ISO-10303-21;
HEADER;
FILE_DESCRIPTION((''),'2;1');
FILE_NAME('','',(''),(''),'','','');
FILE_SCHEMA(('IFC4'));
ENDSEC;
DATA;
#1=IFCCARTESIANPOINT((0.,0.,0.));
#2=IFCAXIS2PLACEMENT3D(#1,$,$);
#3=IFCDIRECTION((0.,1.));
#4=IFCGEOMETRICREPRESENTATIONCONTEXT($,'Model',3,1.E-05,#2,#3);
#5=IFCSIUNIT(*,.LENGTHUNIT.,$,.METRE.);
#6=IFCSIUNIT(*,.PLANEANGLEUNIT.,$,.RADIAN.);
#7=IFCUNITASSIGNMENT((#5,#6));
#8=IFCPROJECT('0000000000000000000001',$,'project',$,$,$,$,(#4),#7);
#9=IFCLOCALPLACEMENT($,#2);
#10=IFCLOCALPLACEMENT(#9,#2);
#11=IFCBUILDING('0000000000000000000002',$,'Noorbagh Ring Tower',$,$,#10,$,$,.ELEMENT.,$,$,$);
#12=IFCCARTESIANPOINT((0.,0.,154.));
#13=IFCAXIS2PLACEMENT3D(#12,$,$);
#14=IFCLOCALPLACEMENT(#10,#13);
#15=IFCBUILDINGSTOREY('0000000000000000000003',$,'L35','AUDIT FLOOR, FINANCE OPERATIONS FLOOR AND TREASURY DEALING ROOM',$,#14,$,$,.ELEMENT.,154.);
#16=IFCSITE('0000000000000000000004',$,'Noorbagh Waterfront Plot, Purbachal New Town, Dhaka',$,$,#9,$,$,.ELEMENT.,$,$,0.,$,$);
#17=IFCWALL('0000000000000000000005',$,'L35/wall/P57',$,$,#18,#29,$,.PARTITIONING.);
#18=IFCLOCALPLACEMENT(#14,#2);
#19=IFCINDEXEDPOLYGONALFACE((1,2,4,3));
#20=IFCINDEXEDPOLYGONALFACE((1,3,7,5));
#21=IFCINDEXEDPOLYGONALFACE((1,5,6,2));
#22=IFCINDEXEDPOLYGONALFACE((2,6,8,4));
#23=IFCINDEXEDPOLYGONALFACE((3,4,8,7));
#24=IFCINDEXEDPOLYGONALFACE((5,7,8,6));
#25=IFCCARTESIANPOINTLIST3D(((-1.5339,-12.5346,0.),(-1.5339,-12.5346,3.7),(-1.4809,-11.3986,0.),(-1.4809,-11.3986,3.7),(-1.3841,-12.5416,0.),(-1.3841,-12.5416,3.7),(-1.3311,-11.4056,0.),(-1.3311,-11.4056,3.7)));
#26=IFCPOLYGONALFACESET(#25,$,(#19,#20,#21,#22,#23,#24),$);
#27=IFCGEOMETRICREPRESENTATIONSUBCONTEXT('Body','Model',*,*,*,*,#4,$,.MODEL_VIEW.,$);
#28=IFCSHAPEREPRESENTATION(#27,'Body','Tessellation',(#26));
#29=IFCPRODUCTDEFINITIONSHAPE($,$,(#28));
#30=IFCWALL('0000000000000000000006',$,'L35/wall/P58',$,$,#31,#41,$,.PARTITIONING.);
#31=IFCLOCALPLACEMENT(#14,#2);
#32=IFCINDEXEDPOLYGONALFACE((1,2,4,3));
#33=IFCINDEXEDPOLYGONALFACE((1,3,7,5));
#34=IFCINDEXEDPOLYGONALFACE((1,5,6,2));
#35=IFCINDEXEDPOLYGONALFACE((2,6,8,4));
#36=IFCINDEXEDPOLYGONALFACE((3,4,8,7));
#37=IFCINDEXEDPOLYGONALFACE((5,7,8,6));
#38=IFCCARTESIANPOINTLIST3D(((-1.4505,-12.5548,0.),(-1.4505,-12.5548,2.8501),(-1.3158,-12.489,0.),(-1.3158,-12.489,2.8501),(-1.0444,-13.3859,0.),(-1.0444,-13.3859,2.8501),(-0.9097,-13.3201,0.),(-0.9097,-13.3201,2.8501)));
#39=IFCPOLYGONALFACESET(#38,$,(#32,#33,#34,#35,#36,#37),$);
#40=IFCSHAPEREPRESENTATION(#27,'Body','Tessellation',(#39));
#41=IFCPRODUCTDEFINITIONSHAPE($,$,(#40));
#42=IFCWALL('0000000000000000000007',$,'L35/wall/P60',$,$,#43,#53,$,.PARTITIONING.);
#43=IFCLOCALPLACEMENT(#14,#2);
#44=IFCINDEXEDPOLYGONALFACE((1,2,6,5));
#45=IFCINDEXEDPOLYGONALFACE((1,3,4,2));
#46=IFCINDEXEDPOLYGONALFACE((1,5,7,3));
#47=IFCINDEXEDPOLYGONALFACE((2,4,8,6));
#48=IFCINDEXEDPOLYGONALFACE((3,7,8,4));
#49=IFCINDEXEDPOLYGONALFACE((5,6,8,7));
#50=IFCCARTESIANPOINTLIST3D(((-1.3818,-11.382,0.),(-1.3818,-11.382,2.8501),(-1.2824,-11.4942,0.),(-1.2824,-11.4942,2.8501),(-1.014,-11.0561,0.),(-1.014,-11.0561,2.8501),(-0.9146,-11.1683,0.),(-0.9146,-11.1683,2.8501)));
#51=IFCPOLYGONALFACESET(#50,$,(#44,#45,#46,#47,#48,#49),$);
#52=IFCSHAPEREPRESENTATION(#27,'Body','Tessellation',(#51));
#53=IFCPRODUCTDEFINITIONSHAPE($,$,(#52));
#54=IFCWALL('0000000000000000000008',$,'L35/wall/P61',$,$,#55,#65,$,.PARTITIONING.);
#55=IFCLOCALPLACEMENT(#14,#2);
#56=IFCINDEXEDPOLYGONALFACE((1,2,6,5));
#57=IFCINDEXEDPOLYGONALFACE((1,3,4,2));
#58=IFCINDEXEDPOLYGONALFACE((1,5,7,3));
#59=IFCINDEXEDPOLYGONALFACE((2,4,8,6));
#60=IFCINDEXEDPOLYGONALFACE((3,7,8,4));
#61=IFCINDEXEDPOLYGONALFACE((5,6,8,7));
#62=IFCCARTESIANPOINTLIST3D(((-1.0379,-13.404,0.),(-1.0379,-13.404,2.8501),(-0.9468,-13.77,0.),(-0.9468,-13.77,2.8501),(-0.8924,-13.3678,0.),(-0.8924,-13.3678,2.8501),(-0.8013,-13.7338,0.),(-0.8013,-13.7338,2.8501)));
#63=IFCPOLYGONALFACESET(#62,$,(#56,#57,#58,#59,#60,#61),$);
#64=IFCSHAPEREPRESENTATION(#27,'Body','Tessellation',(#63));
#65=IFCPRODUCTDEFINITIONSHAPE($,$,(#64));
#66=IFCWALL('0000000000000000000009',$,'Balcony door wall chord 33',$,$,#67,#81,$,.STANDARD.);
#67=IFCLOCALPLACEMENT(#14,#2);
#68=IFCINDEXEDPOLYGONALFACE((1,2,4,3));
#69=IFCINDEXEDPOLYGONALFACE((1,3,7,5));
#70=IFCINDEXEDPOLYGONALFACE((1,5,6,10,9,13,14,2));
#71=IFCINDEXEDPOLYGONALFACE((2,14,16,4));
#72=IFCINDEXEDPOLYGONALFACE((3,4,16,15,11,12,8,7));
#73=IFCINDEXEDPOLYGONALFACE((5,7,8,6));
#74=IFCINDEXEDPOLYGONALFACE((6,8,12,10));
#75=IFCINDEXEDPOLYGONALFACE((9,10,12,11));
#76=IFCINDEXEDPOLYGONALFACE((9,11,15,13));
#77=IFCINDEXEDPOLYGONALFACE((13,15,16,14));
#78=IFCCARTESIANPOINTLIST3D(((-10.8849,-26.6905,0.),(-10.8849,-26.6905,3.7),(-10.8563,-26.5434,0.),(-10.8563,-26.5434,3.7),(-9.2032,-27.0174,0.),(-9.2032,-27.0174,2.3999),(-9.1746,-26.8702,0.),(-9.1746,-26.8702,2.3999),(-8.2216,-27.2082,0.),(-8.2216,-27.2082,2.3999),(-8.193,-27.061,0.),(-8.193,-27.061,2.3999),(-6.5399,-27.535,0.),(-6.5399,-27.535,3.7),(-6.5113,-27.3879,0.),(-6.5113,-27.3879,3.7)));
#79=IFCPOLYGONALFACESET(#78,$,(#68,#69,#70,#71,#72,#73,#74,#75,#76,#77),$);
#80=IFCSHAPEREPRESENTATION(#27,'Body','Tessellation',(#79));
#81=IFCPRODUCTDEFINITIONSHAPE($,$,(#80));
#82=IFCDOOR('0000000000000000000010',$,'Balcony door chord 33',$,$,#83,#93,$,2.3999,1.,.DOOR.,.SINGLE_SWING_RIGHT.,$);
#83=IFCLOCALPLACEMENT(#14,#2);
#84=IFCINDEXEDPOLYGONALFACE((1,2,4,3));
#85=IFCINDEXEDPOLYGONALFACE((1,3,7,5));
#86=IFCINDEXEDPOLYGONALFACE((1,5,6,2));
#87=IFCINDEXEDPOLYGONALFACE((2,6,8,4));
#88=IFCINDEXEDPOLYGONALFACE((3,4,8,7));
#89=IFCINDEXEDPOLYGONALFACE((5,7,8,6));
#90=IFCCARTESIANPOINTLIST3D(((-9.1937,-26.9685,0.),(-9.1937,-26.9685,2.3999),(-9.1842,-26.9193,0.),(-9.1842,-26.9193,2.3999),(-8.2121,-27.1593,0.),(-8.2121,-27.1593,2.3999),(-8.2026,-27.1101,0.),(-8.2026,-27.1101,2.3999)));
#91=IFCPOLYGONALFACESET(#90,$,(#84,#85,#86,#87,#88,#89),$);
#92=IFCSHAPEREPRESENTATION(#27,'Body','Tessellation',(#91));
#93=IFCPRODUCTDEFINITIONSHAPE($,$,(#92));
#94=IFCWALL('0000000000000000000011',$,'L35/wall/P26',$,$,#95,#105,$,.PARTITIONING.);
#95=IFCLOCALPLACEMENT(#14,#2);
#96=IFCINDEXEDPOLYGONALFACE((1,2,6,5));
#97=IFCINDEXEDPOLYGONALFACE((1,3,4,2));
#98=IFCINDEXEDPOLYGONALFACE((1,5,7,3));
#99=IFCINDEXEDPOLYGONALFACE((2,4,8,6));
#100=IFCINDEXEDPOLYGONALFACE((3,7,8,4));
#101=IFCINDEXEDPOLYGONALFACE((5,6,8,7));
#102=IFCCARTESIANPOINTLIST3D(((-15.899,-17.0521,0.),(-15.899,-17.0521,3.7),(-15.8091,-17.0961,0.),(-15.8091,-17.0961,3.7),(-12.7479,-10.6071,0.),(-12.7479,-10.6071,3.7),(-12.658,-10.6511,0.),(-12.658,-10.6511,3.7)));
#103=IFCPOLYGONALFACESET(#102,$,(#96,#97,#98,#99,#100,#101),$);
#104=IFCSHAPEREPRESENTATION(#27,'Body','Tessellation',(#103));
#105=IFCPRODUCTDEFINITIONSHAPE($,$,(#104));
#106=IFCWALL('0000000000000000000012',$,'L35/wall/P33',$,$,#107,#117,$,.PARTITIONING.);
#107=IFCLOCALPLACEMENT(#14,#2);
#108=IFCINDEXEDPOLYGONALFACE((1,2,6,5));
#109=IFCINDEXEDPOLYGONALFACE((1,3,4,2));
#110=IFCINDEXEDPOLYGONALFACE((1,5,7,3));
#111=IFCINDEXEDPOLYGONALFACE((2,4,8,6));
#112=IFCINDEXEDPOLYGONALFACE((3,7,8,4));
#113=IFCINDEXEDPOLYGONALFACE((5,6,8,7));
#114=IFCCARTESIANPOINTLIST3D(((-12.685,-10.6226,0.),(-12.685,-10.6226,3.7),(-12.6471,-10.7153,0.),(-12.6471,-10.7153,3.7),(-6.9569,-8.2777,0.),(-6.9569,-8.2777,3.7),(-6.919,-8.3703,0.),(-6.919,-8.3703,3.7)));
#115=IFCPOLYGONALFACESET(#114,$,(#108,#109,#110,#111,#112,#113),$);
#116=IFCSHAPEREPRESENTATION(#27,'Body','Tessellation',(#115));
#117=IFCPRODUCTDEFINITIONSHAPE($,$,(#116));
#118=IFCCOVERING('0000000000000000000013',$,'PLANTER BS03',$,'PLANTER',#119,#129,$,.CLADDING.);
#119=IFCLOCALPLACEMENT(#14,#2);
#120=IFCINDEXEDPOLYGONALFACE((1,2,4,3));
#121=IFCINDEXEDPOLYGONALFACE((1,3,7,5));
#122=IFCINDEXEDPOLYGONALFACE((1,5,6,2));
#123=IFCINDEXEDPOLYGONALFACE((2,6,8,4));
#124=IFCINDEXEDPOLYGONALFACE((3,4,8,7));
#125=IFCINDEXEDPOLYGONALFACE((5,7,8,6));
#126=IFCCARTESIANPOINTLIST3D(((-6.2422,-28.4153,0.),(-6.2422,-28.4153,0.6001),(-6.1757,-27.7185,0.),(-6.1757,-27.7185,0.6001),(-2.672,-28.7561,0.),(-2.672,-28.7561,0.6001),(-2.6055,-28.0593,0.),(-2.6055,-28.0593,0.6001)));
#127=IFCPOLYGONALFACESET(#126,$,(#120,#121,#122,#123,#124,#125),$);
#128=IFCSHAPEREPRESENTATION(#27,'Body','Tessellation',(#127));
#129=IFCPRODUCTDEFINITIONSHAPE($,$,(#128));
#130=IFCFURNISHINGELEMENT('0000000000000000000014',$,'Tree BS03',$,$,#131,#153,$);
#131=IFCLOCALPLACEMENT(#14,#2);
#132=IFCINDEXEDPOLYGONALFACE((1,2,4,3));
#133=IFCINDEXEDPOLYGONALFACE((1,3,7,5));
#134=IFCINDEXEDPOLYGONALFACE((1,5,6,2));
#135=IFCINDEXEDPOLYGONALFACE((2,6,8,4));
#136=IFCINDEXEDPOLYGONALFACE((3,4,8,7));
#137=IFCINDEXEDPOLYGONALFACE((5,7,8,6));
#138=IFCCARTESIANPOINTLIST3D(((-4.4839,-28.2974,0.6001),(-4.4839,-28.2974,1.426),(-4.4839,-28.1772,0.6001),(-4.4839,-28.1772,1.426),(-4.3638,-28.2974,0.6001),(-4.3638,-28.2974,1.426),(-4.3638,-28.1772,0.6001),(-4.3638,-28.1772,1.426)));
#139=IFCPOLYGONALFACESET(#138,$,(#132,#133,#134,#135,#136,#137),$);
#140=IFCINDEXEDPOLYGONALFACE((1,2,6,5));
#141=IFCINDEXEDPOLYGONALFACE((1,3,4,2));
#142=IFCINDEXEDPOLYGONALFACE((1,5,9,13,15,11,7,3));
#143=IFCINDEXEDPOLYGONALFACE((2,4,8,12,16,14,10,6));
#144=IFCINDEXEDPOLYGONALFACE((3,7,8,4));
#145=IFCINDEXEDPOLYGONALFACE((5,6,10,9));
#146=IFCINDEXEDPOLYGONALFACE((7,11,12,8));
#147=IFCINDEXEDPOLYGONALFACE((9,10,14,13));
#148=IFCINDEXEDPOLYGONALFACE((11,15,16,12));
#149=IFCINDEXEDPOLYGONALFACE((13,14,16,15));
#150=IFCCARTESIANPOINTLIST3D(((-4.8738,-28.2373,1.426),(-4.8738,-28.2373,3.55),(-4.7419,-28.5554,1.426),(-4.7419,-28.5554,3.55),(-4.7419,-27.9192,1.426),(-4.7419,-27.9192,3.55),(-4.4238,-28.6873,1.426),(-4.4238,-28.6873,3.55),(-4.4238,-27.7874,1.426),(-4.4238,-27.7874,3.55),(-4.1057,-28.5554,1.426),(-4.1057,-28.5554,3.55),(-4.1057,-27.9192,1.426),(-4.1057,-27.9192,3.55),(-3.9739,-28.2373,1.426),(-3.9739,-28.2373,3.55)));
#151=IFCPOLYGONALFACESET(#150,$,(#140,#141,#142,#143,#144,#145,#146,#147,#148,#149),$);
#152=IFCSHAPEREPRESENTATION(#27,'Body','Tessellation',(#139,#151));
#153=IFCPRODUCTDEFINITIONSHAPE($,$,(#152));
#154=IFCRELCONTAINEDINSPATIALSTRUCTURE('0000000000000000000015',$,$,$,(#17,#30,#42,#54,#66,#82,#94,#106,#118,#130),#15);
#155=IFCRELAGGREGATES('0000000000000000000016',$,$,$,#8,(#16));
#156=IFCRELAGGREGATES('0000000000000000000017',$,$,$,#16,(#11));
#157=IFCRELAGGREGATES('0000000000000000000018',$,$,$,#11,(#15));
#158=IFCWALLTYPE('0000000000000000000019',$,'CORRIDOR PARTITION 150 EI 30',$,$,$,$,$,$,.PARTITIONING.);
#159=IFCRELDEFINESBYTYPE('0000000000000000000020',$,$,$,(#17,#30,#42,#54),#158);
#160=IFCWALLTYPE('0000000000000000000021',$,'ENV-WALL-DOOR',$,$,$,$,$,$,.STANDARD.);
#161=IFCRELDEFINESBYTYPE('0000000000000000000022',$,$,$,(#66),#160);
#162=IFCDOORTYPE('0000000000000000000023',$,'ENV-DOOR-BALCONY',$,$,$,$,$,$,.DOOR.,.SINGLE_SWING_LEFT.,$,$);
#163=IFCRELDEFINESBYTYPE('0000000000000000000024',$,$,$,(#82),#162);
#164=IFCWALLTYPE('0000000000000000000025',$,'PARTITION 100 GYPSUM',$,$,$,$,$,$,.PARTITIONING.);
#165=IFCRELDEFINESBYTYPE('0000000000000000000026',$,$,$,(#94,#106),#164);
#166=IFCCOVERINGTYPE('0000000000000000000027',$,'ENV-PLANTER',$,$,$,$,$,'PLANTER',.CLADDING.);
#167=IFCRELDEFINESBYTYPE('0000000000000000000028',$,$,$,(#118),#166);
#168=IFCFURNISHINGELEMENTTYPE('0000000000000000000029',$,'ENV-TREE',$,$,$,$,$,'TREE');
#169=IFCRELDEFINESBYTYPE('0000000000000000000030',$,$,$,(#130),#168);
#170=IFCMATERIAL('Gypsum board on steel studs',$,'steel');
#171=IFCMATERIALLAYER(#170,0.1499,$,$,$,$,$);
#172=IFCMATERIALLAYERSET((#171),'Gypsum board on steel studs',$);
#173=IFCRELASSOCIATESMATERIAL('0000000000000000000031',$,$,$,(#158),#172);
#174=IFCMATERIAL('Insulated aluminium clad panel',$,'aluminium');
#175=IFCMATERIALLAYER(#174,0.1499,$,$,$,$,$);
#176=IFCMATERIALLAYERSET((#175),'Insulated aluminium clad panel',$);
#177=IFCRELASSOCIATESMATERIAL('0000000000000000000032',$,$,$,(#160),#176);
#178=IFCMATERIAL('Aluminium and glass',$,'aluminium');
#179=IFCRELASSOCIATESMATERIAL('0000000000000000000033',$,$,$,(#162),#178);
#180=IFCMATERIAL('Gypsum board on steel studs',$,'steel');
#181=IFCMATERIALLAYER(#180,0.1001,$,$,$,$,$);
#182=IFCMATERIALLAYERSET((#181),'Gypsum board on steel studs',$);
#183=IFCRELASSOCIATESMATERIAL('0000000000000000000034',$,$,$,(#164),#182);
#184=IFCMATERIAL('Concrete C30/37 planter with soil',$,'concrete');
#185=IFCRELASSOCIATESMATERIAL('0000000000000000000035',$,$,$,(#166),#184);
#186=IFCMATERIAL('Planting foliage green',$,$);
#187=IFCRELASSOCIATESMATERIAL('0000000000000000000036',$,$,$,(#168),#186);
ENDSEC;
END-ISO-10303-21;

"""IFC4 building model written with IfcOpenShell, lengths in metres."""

from ifc_helpers import new_model, si_unit, direction, frame, frame_2d, origin, origin_2d, place, context, subcontext, project, spatial, polyline, rectangle, outline, extrude, material, layer, layer_set, type_object, element, fill, save


model = new_model("IFC4")

# Units and contexts
model_context = context("Model", 3, precision=1e-05, world=origin(), true_north=direction((0.0, 1.0)))
body_context = subcontext(model_context, "Body", "Model", "MODEL_VIEW")
ifc_project = project(units=[si_unit("LENGTHUNIT", "METRE"), si_unit("PLANEANGLEUNIT", "RADIAN")], contexts=[model_context])

# Site, building, storey
site_placement = place(None, origin())
site = spatial("IfcSite", under=ifc_project, at=site_placement, Name="Noorbagh Waterfront Plot, Purbachal New Town, Dhaka", CompositionType="ELEMENT", RefElevation=0.0)
building_placement = place(site_placement, origin())
building = spatial("IfcBuilding", under=site, at=building_placement, Name="Noorbagh Ring Tower", CompositionType="ELEMENT")
storey_placement = place(building_placement, frame((0.0, 0.0, 154.0)))
storey = spatial("IfcBuildingStorey", under=building, at=storey_placement, Name="L35", Description="AUDIT FLOOR, FINANCE OPERATIONS FLOOR AND TREASURY DEALING ROOM", CompositionType="ELEMENT", Elevation=154.0)

# Walls
ifc_material_1 = material(Name="Gypsum board on steel studs", Category="steel")
ifc_layer_1 = layer(ifc_material_1, 0.1499)
ifc_layer_set_1 = layer_set([ifc_layer_1], Name="Gypsum board on steel studs")
wall_type_1 = type_object("IfcWallType", Name="CORRIDOR PARTITION 150 EI 30", PredefinedType="PARTITIONING", material=ifc_layer_set_1)
wall_1_placement = place(storey_placement, frame((-1.459, -12.5381, 0.0), z_axis=(0.0, 0.0, 1.0), x_axis=(0.046586, 0.998914, 0.0)))
element("IfcWall", 1, at=wall_1_placement, inside=storey, type_object=wall_type_1, Name="L35/wall/P57", PredefinedType="PARTITIONING", context=body_context, shape_type="SweptSolid", body=[
    extrude(rectangle(XDim=1.1372, YDim=0.1499, at=frame_2d((0.5686, 0.0))), origin(), (0.0, 0.0, 1.0), 3.7),
])
wall_2_placement = place(storey_placement, frame((-1.3831, -12.522, 0.0), z_axis=(0.0, 0.0, 1.0), x_axis=(0.438959, -0.898507, 0.0)))
element("IfcWall", 2, at=wall_2_placement, inside=storey, type_object=wall_type_1, Name="L35/wall/P58", PredefinedType="PARTITIONING", context=body_context, shape_type="SweptSolid", body=[
    extrude(rectangle(XDim=0.925, YDim=0.1499, at=frame_2d((0.4624, 0.0))), origin(), (0.0, 0.0, 1.0), 2.8501),
])
wall_3_placement = place(storey_placement, frame((-1.332, -11.438, 0.0), z_axis=(0.0, 0.0, 1.0), x_axis=(0.748532, 0.663099, 0.0)))
element("IfcWall", 3, at=wall_3_placement, inside=storey, type_object=wall_type_1, Name="L35/wall/P60", PredefinedType="PARTITIONING", context=body_context, shape_type="SweptSolid", body=[
    extrude(rectangle(XDim=0.4915, YDim=0.1499, at=frame_2d((0.2456, 0.0))), origin(), (0.0, 0.0, 1.0), 2.8501),
])
wall_4_placement = place(storey_placement, frame((-0.9651, -13.386, 0.0), z_axis=(0.0, 0.0, 1.0), x_axis=(0.241469, -0.970408, 0.0)))
element("IfcWall", 4, at=wall_4_placement, inside=storey, type_object=wall_type_1, Name="L35/wall/P61", PredefinedType="PARTITIONING", context=body_context, shape_type="SweptSolid", body=[
    extrude(rectangle(XDim=0.3772, YDim=0.1499, at=frame_2d((0.1885, 0.0))), origin(), (0.0, 0.0, 1.0), 2.8501),
])

# Wall, opening, door
ifc_material_2 = material(Name="Insulated aluminium clad panel", Category="aluminium")
ifc_layer_2 = layer(ifc_material_2, 0.1499)
ifc_layer_set_2 = layer_set([ifc_layer_2], Name="Insulated aluminium clad panel")
wall_type_2 = type_object("IfcWallType", Name="ENV-WALL-DOOR", PredefinedType="STANDARD", material=ifc_layer_set_2)
wall_5_placement = place(storey_placement, frame((-10.8706, -26.6169, 0.0), z_axis=(0.0, 0.0, 1.0), x_axis=(0.981631, -0.190788, 0.0)))
wall_5 = element("IfcWall", 5, at=wall_5_placement, inside=storey, type_object=wall_type_2, Name="Balcony door wall chord 33", PredefinedType="STANDARD", context=body_context, shape_type="SweptSolid", body=[
    extrude(rectangle(XDim=4.4263, YDim=0.1499, at=frame_2d((2.2131, 0.0))), origin(), (0.0, 0.0, 1.0), 3.7),
])
opening_placement = place(wall_5_placement, frame((1.7131, 0.0, 0.0)))
opening = element("IfcOpeningElement", 6, at=opening_placement, cuts=wall_5, PredefinedType="OPENING", context=body_context, shape_type="SweptSolid", body=[
    extrude(rectangle(XDim=1.0, YDim=2.3999, at=frame_2d((0.5, 1.2))), frame((0.0, 0.085, 0.0), z_axis=(0.0, -1.0, 0.0), x_axis=(1.0, 0.0, 0.0)), (0.0, 0.0, 1.0), 0.1699),
])
ifc_material_3 = material(Name="Aluminium and glass", Category="aluminium")
door_type = type_object("IfcDoorType", Name="ENV-DOOR-BALCONY", OperationType="SINGLE_SWING_LEFT", PredefinedType="DOOR", material=ifc_material_3)
door_placement = place(opening_placement, origin())
door = element("IfcDoor", 7, at=door_placement, inside=storey, type_object=door_type, Name="Balcony door chord 33", OperationType="SINGLE_SWING_RIGHT", OverallHeight=2.3999, OverallWidth=1.0, PredefinedType="DOOR", context=body_context, shape_type="SweptSolid", body=[
    extrude(rectangle(XDim=1.0, YDim=2.3999, at=frame_2d((0.5, 1.2))), frame((0.0, 0.0249, 0.0), z_axis=(0.0, -1.0, 0.0), x_axis=(1.0, 0.0, 0.0)), (0.0, 0.0, 1.0), 0.05),
])
fill(opening, door)

# Walls
ifc_material_4 = material(Name="Gypsum board on steel studs", Category="steel")
ifc_layer_3 = layer(ifc_material_4, 0.1001)
ifc_layer_set_3 = layer_set([ifc_layer_3], Name="Gypsum board on steel studs")
wall_type_3 = type_object("IfcWallType", Name="PARTITION 100 GYPSUM", PredefinedType="PARTITIONING", material=ifc_layer_set_3)
wall_6_placement = place(storey_placement, frame((-15.854, -17.074, 0.0), z_axis=(0.0, 0.0, 1.0), x_axis=(0.439233, 0.898373, 0.0)))
element("IfcWall", 8, at=wall_6_placement, inside=storey, type_object=wall_type_3, Name="L35/wall/P26", PredefinedType="PARTITIONING", context=body_context, shape_type="SweptSolid", body=[
    extrude(rectangle(XDim=7.1741, YDim=0.1001, at=frame_2d((3.5869, 0.0))), origin(), (0.0, 0.0, 1.0), 3.7),
])
wall_7_placement = place(storey_placement, frame((-12.666, -10.6689, 0.0), z_axis=(0.0, 0.0, 1.0), x_axis=(0.925451, 0.378866, 0.0)))
element("IfcWall", 9, at=wall_7_placement, inside=storey, type_object=wall_type_3, Name="L35/wall/P33", PredefinedType="PARTITIONING", context=body_context, shape_type="SweptSolid", body=[
    extrude(rectangle(XDim=6.1895, YDim=0.1001, at=frame_2d((3.0947, 0.0))), origin(), (0.0, 0.0, 1.0), 3.7),
])

# Covering
ifc_material_5 = material(Name="Concrete C30/37 planter with soil", Category="concrete")
covering_type = type_object("IfcCoveringType", Name="ENV-PLANTER", ElementType="PLANTER", PredefinedType="CLADDING", material=ifc_material_5)
covering_placement = place(storey_placement, frame((-4.4238, -28.2373, 0.0), z_axis=(0.0, 0.0, 1.0), x_axis=(0.995476, -0.095008, 0.0)))
element("IfcCovering", 10, at=covering_placement, inside=storey, type_object=covering_type, Name="PLANTER BS03", ObjectType="PLANTER", PredefinedType="CLADDING", context=body_context, shape_type="SweptSolid", body=[
    extrude(rectangle(XDim=3.5864, YDim=0.7, at=origin_2d()), origin(), (0.0, 0.0, 1.0), 0.6001),
])

# Furnishing element
ifc_material_6 = material(Name="Planting foliage green")
furnishing_element_type = type_object("IfcFurnishingElementType", Name="ENV-TREE", ElementType="TREE", material=ifc_material_6)
furnishing_placement = place(storey_placement, frame((-4.4238, -28.2373, 0.6001), z_axis=(0.0, 0.0, 1.0), x_axis=(1.0, 0.0, 0.0)))
element("IfcFurnishingElement", 11, at=furnishing_placement, inside=storey, type_object=furnishing_element_type, Name="Tree BS03", context=body_context, shape_type="SweptSolid", body=[
    extrude(rectangle(XDim=0.1201, YDim=0.1201, at=origin_2d()), origin(), (0.0, 0.0, 1.0), 0.8259),
    extrude(outline(polyline([(0.45, 0.0), (0.3181, 0.3181), (0.0, 0.45), (-0.3181, 0.3181), (-0.45, 0.0), (-0.3181, -0.3181), (0.0, -0.45), (0.3181, -0.3181), (0.45, 0.0)])), frame((0.0, 0.0, 0.8259)), (0.0, 0.0, 1.0), 2.124),
])

save(model, "model.ifc")
